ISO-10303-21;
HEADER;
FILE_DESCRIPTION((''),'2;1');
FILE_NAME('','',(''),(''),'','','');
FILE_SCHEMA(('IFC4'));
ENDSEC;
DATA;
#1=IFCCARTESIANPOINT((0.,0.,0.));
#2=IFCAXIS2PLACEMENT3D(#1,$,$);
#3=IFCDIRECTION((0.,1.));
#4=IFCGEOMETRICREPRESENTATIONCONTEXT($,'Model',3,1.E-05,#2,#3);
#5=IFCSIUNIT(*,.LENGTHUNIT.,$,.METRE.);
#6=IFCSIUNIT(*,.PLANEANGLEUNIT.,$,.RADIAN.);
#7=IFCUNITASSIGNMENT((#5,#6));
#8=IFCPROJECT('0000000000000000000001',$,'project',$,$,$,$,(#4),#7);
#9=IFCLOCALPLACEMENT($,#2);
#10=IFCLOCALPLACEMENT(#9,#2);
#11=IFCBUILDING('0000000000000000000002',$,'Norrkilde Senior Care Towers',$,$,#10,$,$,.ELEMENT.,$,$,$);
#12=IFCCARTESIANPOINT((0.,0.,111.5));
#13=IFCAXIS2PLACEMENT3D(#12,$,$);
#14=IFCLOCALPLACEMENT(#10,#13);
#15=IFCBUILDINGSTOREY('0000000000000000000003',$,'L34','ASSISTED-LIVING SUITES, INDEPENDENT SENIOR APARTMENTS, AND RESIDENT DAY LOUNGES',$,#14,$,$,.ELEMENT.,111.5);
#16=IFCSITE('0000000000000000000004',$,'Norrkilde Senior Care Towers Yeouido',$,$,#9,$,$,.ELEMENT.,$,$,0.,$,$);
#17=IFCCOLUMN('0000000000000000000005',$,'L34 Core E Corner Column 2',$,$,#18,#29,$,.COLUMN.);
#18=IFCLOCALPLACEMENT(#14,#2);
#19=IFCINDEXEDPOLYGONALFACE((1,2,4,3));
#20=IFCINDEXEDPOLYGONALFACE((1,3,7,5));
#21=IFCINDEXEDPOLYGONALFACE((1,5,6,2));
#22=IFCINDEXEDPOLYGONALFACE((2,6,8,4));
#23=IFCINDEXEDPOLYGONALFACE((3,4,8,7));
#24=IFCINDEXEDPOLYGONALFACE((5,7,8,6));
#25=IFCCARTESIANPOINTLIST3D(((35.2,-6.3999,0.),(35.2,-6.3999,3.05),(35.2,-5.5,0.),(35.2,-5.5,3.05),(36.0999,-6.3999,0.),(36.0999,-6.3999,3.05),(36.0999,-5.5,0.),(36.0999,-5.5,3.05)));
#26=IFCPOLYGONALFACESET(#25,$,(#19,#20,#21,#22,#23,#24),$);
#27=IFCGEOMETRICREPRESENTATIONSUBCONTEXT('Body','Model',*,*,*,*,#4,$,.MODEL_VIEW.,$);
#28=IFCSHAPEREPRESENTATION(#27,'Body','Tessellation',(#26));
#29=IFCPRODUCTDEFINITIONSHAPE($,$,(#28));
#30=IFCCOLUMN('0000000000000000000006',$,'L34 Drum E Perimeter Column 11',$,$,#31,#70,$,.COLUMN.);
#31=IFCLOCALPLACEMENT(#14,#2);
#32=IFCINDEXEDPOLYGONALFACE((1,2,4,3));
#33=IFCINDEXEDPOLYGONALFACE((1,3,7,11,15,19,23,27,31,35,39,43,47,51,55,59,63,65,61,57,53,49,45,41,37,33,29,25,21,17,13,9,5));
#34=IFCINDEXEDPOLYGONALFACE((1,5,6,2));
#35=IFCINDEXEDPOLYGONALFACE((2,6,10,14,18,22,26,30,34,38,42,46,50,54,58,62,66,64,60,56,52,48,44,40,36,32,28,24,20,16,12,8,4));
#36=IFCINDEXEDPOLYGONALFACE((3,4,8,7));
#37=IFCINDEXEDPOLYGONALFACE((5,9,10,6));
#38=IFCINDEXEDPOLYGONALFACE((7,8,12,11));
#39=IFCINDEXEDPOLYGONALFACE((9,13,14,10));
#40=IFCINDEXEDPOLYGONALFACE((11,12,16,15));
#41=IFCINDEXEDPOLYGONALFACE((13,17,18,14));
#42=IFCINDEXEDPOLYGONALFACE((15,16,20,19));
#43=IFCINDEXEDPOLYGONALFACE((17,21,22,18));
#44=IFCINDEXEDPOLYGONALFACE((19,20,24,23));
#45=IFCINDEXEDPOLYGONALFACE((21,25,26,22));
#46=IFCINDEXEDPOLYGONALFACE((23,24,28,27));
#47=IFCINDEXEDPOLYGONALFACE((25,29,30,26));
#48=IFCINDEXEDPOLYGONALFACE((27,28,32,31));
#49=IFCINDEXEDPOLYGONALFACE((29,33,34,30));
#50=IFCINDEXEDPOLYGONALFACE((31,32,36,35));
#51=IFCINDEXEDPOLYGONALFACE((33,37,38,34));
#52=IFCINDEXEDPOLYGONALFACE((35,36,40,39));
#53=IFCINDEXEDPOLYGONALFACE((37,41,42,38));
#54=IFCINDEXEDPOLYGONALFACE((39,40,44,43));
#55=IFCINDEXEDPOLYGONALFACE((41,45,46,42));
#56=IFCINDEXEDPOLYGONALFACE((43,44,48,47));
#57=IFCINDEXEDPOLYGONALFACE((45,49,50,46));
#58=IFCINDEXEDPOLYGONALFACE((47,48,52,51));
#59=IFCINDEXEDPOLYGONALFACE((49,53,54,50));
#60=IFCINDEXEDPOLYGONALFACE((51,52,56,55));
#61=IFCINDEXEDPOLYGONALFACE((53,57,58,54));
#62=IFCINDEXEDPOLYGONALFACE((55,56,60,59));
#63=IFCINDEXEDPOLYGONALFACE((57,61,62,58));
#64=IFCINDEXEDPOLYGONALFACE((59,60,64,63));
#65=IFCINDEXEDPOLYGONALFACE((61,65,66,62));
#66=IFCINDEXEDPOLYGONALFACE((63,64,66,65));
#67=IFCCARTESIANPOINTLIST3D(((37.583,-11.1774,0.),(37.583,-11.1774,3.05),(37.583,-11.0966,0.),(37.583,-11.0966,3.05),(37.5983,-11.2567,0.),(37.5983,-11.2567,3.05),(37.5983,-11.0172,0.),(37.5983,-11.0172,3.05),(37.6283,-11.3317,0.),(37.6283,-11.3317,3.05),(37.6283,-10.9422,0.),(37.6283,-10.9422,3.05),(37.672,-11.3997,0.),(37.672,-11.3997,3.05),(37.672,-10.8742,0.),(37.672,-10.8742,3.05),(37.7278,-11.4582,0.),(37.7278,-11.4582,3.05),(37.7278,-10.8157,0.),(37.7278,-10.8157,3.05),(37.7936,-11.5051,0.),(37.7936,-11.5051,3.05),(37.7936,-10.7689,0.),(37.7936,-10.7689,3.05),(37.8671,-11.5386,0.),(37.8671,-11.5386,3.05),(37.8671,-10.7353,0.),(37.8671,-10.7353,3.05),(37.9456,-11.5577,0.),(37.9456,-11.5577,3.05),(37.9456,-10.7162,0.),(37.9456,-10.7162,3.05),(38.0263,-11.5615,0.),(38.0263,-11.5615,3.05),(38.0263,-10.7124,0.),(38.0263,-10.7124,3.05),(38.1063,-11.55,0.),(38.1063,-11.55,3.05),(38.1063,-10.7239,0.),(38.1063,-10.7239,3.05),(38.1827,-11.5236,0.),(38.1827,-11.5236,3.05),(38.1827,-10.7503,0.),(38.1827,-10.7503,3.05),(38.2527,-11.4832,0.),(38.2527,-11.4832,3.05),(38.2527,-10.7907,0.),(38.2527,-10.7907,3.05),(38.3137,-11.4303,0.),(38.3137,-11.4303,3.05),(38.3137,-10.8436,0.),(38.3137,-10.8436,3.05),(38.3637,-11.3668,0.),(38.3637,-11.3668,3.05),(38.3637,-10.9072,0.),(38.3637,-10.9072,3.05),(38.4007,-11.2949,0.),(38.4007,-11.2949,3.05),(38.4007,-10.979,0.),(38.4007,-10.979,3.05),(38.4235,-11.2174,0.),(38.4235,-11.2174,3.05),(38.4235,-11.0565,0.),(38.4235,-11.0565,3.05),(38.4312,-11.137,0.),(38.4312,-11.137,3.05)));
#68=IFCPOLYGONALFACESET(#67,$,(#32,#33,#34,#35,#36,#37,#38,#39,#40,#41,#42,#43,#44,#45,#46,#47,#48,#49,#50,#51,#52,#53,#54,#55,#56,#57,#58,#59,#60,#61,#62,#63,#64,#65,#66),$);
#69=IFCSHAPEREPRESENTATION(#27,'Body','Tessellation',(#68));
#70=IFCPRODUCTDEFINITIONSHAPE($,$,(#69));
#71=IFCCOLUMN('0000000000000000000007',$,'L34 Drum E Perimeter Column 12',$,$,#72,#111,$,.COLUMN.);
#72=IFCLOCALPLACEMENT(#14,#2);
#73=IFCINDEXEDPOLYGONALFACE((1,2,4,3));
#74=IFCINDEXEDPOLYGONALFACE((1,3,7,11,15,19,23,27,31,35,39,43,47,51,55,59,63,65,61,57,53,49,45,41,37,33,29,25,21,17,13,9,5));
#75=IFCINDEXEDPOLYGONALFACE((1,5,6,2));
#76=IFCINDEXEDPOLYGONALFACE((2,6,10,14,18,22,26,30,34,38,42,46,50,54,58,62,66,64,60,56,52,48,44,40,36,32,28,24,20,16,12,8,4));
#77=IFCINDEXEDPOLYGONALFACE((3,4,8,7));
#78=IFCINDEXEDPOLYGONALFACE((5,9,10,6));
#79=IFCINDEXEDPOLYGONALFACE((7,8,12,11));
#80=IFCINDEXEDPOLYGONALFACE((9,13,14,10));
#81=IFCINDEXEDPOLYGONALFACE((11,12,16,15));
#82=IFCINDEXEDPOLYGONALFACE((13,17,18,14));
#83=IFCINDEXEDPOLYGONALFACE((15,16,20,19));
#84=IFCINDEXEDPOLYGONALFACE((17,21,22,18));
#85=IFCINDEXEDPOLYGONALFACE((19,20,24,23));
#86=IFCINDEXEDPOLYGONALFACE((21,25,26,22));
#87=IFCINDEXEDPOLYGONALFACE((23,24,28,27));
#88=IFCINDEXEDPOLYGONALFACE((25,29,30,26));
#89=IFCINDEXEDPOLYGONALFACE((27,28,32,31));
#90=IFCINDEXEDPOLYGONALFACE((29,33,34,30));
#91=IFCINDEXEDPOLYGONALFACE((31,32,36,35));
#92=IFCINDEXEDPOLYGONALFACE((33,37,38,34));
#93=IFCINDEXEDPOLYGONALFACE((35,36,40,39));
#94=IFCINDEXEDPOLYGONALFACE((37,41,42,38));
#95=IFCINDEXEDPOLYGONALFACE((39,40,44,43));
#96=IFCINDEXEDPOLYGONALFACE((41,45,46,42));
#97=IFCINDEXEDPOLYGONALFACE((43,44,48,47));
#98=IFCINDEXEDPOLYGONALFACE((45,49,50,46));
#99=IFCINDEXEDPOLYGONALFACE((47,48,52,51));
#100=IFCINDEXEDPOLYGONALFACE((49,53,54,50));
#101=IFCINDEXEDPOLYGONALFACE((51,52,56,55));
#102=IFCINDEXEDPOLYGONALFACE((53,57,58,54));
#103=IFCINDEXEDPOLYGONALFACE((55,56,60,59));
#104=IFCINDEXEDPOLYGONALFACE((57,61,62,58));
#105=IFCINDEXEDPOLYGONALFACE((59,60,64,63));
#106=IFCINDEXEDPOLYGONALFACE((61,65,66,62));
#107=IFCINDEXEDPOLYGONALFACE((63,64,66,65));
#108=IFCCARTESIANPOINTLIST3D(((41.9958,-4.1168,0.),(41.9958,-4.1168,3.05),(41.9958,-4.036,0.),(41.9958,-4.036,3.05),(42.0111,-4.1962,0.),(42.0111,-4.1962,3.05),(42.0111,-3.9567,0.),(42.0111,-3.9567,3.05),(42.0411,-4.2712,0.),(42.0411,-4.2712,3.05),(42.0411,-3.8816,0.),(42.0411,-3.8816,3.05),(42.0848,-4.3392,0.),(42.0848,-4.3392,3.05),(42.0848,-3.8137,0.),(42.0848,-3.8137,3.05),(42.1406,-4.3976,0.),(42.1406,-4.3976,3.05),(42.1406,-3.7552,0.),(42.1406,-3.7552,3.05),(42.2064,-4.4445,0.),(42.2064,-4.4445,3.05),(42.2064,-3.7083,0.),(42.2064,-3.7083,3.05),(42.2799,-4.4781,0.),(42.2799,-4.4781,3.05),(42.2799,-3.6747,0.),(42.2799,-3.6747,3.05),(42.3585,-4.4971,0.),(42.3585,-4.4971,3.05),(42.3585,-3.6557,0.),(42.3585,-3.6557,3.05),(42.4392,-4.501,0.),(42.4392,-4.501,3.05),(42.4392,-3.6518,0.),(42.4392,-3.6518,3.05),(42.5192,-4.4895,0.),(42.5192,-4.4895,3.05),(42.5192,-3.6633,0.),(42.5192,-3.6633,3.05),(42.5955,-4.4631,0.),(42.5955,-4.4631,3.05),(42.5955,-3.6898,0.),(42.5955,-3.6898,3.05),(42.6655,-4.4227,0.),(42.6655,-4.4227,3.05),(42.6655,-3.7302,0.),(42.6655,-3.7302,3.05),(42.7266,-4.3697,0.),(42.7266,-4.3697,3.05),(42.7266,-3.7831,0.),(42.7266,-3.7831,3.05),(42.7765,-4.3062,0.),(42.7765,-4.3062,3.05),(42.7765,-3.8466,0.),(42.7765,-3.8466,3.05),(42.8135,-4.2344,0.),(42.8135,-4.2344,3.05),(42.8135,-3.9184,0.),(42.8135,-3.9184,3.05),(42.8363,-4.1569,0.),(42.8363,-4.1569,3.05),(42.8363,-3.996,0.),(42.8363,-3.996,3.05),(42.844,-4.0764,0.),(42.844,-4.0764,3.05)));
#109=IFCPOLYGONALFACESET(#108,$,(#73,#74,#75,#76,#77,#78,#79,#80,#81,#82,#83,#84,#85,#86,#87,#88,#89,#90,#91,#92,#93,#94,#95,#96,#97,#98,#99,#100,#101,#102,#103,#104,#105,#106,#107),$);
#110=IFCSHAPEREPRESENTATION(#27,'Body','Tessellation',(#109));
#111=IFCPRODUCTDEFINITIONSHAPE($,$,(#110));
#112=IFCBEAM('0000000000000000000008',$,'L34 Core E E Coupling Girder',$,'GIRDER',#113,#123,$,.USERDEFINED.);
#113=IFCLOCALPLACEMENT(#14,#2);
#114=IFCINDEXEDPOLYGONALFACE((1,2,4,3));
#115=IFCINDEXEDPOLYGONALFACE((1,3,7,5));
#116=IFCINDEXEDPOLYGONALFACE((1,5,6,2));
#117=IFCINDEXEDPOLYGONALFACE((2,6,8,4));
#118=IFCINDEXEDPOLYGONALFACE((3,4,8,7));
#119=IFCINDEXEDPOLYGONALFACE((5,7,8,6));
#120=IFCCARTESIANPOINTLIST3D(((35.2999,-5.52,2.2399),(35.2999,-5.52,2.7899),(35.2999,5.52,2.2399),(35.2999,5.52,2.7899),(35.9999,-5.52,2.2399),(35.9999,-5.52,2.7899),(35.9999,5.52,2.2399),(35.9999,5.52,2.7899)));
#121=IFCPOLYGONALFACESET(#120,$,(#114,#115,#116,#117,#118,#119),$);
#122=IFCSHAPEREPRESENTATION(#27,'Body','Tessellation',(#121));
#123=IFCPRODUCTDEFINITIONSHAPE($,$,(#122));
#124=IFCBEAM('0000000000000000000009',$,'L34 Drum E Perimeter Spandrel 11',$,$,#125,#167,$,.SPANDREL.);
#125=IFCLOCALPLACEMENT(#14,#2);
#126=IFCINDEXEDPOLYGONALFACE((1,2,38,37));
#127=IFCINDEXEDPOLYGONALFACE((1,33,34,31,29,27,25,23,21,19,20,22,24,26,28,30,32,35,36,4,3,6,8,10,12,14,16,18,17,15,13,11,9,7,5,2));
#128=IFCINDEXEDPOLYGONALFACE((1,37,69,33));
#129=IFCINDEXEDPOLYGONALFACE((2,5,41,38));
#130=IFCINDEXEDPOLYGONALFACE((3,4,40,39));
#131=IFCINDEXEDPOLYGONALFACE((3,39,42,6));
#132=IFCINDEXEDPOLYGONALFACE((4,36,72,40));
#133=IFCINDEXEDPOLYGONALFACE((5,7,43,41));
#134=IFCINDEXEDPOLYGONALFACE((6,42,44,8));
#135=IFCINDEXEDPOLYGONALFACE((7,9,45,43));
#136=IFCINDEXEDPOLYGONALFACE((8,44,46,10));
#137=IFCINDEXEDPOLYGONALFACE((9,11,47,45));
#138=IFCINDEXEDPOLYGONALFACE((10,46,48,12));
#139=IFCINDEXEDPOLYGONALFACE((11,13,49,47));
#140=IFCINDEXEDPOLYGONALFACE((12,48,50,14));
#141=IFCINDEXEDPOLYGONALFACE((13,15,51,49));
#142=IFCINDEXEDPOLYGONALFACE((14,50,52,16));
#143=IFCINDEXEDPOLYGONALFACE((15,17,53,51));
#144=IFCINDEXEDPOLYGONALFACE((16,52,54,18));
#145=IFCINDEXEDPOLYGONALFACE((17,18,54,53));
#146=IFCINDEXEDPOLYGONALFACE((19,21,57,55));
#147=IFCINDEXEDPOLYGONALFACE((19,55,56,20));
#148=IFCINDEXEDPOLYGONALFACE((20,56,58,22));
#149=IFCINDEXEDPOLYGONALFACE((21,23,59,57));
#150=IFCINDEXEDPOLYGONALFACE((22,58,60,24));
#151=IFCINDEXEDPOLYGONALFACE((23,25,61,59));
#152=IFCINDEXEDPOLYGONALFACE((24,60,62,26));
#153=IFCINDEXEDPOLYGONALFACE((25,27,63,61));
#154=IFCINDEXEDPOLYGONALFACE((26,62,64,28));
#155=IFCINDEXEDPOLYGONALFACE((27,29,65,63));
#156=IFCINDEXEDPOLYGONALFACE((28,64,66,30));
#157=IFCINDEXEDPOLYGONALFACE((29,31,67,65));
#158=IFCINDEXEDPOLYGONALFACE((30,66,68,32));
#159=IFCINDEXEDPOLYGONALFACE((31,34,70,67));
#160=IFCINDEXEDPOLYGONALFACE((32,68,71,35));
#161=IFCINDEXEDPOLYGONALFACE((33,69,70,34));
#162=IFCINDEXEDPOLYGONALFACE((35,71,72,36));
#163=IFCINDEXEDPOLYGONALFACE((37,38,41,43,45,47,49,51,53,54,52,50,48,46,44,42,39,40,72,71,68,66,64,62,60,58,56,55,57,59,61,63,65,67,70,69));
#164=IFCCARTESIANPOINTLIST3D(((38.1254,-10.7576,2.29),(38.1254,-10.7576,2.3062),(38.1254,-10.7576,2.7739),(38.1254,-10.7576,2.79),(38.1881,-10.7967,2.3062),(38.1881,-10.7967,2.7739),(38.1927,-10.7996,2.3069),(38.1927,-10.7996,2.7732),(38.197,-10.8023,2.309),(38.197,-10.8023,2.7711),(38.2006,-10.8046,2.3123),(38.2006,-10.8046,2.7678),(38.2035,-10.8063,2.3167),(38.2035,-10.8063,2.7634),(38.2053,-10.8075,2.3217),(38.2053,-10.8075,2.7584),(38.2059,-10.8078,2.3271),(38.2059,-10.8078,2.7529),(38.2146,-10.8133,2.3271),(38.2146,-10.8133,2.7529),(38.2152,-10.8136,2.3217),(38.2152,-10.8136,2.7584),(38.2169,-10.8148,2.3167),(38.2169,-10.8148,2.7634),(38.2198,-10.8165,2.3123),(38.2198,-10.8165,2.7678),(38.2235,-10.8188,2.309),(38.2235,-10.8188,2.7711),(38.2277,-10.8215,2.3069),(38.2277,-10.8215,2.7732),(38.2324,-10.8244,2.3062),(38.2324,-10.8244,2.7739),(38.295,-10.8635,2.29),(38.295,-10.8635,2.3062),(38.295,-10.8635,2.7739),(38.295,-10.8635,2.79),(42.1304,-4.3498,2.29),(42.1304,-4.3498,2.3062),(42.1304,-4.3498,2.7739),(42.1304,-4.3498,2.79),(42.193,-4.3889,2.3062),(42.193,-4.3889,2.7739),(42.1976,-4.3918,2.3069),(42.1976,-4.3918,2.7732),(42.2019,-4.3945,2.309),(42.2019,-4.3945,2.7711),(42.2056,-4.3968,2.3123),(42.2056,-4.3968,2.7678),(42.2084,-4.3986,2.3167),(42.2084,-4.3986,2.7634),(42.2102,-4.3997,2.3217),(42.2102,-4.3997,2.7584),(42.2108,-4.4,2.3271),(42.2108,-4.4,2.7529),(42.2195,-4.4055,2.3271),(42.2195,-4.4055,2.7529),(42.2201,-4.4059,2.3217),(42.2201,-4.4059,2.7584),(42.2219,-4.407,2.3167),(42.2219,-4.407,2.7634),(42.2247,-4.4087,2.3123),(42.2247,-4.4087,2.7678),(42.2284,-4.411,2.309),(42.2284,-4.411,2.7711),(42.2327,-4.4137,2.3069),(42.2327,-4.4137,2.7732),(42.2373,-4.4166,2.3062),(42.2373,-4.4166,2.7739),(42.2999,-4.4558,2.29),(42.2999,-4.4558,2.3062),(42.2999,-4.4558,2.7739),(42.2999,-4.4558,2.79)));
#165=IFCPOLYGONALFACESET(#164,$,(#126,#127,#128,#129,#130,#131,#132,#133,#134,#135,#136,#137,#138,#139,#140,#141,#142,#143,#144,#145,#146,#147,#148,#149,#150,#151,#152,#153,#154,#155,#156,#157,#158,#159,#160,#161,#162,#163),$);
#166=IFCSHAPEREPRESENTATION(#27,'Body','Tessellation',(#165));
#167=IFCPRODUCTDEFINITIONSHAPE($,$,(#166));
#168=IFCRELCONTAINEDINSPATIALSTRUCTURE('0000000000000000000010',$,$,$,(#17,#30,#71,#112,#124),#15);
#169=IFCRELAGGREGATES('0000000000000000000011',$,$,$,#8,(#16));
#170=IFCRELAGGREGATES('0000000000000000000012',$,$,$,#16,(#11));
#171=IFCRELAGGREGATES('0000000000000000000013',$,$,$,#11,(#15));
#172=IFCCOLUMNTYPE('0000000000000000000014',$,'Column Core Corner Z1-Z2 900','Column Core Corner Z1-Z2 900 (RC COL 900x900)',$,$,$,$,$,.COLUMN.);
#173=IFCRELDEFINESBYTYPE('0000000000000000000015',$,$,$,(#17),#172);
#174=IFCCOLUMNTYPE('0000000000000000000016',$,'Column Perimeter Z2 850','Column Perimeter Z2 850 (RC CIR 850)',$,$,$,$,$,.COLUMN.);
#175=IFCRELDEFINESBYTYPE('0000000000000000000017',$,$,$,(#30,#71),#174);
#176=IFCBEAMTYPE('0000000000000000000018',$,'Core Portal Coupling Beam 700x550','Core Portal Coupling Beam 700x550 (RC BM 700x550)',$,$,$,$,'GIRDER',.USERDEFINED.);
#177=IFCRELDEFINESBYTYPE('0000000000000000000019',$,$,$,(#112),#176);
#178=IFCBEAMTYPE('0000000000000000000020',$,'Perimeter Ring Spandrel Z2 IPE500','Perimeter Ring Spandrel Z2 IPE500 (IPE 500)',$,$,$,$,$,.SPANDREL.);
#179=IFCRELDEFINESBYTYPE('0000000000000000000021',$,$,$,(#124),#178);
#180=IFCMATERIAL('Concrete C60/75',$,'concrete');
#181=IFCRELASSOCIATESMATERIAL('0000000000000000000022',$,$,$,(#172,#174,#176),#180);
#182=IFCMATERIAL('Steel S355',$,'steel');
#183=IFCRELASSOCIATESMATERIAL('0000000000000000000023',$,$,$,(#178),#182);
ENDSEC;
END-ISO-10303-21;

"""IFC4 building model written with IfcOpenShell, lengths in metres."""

from ifc_helpers import new_model, si_unit, direction, frame, origin, origin_2d, place, context, subcontext, project, spatial, rectangle, circle, i_section, extrude, source, transform, mapped, material, material_profile, profile_set, type_object, type_shapes, element, save


model = new_model("IFC4")

# Units and contexts
model_context = context("Model", 3, precision=1e-05, world=origin(), true_north=direction((0.0, 1.0)))
body_context = subcontext(model_context, "Body", "Model", "MODEL_VIEW")
ifc_project = project(units=[si_unit("LENGTHUNIT", "METRE"), si_unit("PLANEANGLEUNIT", "RADIAN")], contexts=[model_context])

# Site, building, storey
site_placement = place(None, origin())
site = spatial("IfcSite", under=ifc_project, at=site_placement, Name="Norrkilde Senior Care Towers Yeouido", CompositionType="ELEMENT", RefElevation=0.0)
building_placement = place(site_placement, origin())
building = spatial("IfcBuilding", under=site, at=building_placement, Name="Norrkilde Senior Care Towers", CompositionType="ELEMENT")
storey_placement = place(building_placement, frame((0.0, 0.0, 111.5)))
storey = spatial("IfcBuildingStorey", under=building, at=storey_placement, Name="L34", Description="ASSISTED-LIVING SUITES, INDEPENDENT SENIOR APARTMENTS, AND RESIDENT DAY LOUNGES", CompositionType="ELEMENT", Elevation=111.5)

# Columns
ifc_material_1 = material(Name="Concrete C60/75", Category="concrete")
ifc_material_profile_1 = material_profile(ifc_material_1, rectangle(XDim=0.8999, YDim=0.8999, at=origin_2d()), Name="RC COL 900x900")
ifc_profile_set_1 = profile_set([ifc_material_profile_1], Name="Concrete C60/75")
column_type_1 = type_object("IfcColumnType", Name="Column Core Corner Z1-Z2 900", Description="Column Core Corner Z1-Z2 900 (RC COL 900x900)", PredefinedType="COLUMN", material=ifc_profile_set_1)
shared_shape_1 = source(origin(), body_context, "Body", "SweptSolid", [
    extrude(rectangle(XDim=0.8999, YDim=0.8999, at=origin_2d()), origin(), (0.0, 0.0, 1.0), 3.05),
])
type_shapes(column_type_1, [shared_shape_1])
column_placement = place(storey_placement, frame((35.6499, -5.95, 0.0), z_axis=(0.0, 0.0, 1.0), x_axis=(1.0, 0.0, 0.0)))
element("IfcColumn", 1, at=column_placement, inside=storey, type_object=column_type_1, Name="L34 Core E Corner Column 2", PredefinedType="COLUMN", context=body_context, shape_type="MappedRepresentation", body=[
    mapped(shared_shape_1, transform((0.0, 0.0, 0.0), x_axis=(1.0, 0.0, 0.0), y_axis=(0.0, 1.0, 0.0), z_axis=(0.0, 0.0, 1.0), scale=1.0)),
])
ifc_material_profile_2 = material_profile(ifc_material_1, circle(Radius=0.425, at=origin_2d()), Name="RC CIR 850")
ifc_profile_set_2 = profile_set([ifc_material_profile_2], Name="Concrete C60/75")
column_type_2 = type_object("IfcColumnType", Name="Column Perimeter Z2 850", Description="Column Perimeter Z2 850 (RC CIR 850)", PredefinedType="COLUMN", material=ifc_profile_set_2)
shared_shape_2 = source(origin(), body_context, "Body", "SweptSolid", [
    extrude(circle(Radius=0.425, at=origin_2d()), origin(), (0.0, 0.0, 1.0), 3.05),
])
type_shapes(column_type_2, [shared_shape_2])
for number, where, z_axis, x_axis, name in (
    (2, (38.0061, -11.137, 0.0), (0.0, 0.0, 1.0), (1.0, 0.0, 0.0), "L34 Drum E Perimeter Column 11"),
    (3, (42.4189, -4.0764, 0.0), (0.0, 0.0, 1.0), (1.0, 0.0, 0.0), "L34 Drum E Perimeter Column 12"),
):
    element("IfcColumn", number, at=place(storey_placement, frame(where, z_axis=z_axis, x_axis=x_axis)), inside=storey, type_object=column_type_2, Name=name, PredefinedType="COLUMN", context=body_context, shape_type="MappedRepresentation", body=[
        mapped(shared_shape_2, transform((0.0, 0.0, 0.0), x_axis=(1.0, 0.0, 0.0), y_axis=(0.0, 1.0, 0.0), z_axis=(0.0, 0.0, 1.0), scale=1.0)),
    ])

# Beams
ifc_material_profile_3 = material_profile(ifc_material_1, rectangle(XDim=0.7, YDim=0.55, at=origin_2d()), Name="RC BM 700x550")
ifc_profile_set_3 = profile_set([ifc_material_profile_3], Name="Concrete C60/75")
beam_type_1 = type_object("IfcBeamType", Name="Core Portal Coupling Beam 700x550", Description="Core Portal Coupling Beam 700x550 (RC BM 700x550)", ElementType="GIRDER", PredefinedType="USERDEFINED", material=ifc_profile_set_3)
shared_shape_3 = source(origin(), body_context, "Body", "SweptSolid", [
    extrude(rectangle(XDim=0.7, YDim=0.55, at=origin_2d()), origin(), (0.0, 0.0, 1.0), 11.04),
])
type_shapes(beam_type_1, [shared_shape_3])
beam_1_placement = place(storey_placement, frame((35.6499, -5.52, 2.5149), z_axis=(0.0, 1.0, 0.0), x_axis=(-1.0, 0.0, 0.0)))
element("IfcBeam", 4, at=beam_1_placement, inside=storey, type_object=beam_type_1, Name="L34 Core E E Coupling Girder", ObjectType="GIRDER", PredefinedType="USERDEFINED", context=body_context, shape_type="MappedRepresentation", body=[
    mapped(shared_shape_3, transform((0.0, 0.0, 0.0), x_axis=(1.0, 0.0, 0.0), y_axis=(0.0, 1.0, 0.0), z_axis=(0.0, 0.0, 1.0), scale=1.0)),
])
ifc_material_2 = material(Name="Steel S355", Category="steel")
ifc_material_profile_4 = material_profile(ifc_material_2, i_section(OverallWidth=0.2, OverallDepth=0.5, WebThickness=0.0103, FlangeThickness=0.0161, FilletRadius=0.021, at=origin_2d()), Name="IPE 500")
ifc_profile_set_4 = profile_set([ifc_material_profile_4], Name="Steel S355")
beam_type_2 = type_object("IfcBeamType", Name="Perimeter Ring Spandrel Z2 IPE500", Description="Perimeter Ring Spandrel Z2 IPE500 (IPE 500)", PredefinedType="SPANDREL", material=ifc_profile_set_4)
shared_shape_4 = source(origin(), body_context, "Body", "SweptSolid", [
    extrude(i_section(OverallWidth=0.2, OverallDepth=0.5, WebThickness=0.0103, FlangeThickness=0.0161, FilletRadius=0.021, at=origin_2d()), origin(), (0.0, 0.0, 1.0), 7.5564),
])
beam_2_placement = place(storey_placement, frame((38.2102, -10.8105, 2.54), z_axis=(0.530005, 0.847995, 0.0), x_axis=(-0.847995, 0.530005, 0.0)))
element("IfcBeam", 5, at=beam_2_placement, inside=storey, type_object=beam_type_2, Name="L34 Drum E Perimeter Spandrel 11", PredefinedType="SPANDREL", context=body_context, shape_type="MappedRepresentation", body=[
    mapped(shared_shape_4, transform((0.0, 0.0, 0.0), x_axis=(1.0, 0.0, 0.0), y_axis=(0.0, 1.0, 0.0), z_axis=(0.0, 0.0, 1.0), scale=1.0)),
])

save(model, "model.ifc")
